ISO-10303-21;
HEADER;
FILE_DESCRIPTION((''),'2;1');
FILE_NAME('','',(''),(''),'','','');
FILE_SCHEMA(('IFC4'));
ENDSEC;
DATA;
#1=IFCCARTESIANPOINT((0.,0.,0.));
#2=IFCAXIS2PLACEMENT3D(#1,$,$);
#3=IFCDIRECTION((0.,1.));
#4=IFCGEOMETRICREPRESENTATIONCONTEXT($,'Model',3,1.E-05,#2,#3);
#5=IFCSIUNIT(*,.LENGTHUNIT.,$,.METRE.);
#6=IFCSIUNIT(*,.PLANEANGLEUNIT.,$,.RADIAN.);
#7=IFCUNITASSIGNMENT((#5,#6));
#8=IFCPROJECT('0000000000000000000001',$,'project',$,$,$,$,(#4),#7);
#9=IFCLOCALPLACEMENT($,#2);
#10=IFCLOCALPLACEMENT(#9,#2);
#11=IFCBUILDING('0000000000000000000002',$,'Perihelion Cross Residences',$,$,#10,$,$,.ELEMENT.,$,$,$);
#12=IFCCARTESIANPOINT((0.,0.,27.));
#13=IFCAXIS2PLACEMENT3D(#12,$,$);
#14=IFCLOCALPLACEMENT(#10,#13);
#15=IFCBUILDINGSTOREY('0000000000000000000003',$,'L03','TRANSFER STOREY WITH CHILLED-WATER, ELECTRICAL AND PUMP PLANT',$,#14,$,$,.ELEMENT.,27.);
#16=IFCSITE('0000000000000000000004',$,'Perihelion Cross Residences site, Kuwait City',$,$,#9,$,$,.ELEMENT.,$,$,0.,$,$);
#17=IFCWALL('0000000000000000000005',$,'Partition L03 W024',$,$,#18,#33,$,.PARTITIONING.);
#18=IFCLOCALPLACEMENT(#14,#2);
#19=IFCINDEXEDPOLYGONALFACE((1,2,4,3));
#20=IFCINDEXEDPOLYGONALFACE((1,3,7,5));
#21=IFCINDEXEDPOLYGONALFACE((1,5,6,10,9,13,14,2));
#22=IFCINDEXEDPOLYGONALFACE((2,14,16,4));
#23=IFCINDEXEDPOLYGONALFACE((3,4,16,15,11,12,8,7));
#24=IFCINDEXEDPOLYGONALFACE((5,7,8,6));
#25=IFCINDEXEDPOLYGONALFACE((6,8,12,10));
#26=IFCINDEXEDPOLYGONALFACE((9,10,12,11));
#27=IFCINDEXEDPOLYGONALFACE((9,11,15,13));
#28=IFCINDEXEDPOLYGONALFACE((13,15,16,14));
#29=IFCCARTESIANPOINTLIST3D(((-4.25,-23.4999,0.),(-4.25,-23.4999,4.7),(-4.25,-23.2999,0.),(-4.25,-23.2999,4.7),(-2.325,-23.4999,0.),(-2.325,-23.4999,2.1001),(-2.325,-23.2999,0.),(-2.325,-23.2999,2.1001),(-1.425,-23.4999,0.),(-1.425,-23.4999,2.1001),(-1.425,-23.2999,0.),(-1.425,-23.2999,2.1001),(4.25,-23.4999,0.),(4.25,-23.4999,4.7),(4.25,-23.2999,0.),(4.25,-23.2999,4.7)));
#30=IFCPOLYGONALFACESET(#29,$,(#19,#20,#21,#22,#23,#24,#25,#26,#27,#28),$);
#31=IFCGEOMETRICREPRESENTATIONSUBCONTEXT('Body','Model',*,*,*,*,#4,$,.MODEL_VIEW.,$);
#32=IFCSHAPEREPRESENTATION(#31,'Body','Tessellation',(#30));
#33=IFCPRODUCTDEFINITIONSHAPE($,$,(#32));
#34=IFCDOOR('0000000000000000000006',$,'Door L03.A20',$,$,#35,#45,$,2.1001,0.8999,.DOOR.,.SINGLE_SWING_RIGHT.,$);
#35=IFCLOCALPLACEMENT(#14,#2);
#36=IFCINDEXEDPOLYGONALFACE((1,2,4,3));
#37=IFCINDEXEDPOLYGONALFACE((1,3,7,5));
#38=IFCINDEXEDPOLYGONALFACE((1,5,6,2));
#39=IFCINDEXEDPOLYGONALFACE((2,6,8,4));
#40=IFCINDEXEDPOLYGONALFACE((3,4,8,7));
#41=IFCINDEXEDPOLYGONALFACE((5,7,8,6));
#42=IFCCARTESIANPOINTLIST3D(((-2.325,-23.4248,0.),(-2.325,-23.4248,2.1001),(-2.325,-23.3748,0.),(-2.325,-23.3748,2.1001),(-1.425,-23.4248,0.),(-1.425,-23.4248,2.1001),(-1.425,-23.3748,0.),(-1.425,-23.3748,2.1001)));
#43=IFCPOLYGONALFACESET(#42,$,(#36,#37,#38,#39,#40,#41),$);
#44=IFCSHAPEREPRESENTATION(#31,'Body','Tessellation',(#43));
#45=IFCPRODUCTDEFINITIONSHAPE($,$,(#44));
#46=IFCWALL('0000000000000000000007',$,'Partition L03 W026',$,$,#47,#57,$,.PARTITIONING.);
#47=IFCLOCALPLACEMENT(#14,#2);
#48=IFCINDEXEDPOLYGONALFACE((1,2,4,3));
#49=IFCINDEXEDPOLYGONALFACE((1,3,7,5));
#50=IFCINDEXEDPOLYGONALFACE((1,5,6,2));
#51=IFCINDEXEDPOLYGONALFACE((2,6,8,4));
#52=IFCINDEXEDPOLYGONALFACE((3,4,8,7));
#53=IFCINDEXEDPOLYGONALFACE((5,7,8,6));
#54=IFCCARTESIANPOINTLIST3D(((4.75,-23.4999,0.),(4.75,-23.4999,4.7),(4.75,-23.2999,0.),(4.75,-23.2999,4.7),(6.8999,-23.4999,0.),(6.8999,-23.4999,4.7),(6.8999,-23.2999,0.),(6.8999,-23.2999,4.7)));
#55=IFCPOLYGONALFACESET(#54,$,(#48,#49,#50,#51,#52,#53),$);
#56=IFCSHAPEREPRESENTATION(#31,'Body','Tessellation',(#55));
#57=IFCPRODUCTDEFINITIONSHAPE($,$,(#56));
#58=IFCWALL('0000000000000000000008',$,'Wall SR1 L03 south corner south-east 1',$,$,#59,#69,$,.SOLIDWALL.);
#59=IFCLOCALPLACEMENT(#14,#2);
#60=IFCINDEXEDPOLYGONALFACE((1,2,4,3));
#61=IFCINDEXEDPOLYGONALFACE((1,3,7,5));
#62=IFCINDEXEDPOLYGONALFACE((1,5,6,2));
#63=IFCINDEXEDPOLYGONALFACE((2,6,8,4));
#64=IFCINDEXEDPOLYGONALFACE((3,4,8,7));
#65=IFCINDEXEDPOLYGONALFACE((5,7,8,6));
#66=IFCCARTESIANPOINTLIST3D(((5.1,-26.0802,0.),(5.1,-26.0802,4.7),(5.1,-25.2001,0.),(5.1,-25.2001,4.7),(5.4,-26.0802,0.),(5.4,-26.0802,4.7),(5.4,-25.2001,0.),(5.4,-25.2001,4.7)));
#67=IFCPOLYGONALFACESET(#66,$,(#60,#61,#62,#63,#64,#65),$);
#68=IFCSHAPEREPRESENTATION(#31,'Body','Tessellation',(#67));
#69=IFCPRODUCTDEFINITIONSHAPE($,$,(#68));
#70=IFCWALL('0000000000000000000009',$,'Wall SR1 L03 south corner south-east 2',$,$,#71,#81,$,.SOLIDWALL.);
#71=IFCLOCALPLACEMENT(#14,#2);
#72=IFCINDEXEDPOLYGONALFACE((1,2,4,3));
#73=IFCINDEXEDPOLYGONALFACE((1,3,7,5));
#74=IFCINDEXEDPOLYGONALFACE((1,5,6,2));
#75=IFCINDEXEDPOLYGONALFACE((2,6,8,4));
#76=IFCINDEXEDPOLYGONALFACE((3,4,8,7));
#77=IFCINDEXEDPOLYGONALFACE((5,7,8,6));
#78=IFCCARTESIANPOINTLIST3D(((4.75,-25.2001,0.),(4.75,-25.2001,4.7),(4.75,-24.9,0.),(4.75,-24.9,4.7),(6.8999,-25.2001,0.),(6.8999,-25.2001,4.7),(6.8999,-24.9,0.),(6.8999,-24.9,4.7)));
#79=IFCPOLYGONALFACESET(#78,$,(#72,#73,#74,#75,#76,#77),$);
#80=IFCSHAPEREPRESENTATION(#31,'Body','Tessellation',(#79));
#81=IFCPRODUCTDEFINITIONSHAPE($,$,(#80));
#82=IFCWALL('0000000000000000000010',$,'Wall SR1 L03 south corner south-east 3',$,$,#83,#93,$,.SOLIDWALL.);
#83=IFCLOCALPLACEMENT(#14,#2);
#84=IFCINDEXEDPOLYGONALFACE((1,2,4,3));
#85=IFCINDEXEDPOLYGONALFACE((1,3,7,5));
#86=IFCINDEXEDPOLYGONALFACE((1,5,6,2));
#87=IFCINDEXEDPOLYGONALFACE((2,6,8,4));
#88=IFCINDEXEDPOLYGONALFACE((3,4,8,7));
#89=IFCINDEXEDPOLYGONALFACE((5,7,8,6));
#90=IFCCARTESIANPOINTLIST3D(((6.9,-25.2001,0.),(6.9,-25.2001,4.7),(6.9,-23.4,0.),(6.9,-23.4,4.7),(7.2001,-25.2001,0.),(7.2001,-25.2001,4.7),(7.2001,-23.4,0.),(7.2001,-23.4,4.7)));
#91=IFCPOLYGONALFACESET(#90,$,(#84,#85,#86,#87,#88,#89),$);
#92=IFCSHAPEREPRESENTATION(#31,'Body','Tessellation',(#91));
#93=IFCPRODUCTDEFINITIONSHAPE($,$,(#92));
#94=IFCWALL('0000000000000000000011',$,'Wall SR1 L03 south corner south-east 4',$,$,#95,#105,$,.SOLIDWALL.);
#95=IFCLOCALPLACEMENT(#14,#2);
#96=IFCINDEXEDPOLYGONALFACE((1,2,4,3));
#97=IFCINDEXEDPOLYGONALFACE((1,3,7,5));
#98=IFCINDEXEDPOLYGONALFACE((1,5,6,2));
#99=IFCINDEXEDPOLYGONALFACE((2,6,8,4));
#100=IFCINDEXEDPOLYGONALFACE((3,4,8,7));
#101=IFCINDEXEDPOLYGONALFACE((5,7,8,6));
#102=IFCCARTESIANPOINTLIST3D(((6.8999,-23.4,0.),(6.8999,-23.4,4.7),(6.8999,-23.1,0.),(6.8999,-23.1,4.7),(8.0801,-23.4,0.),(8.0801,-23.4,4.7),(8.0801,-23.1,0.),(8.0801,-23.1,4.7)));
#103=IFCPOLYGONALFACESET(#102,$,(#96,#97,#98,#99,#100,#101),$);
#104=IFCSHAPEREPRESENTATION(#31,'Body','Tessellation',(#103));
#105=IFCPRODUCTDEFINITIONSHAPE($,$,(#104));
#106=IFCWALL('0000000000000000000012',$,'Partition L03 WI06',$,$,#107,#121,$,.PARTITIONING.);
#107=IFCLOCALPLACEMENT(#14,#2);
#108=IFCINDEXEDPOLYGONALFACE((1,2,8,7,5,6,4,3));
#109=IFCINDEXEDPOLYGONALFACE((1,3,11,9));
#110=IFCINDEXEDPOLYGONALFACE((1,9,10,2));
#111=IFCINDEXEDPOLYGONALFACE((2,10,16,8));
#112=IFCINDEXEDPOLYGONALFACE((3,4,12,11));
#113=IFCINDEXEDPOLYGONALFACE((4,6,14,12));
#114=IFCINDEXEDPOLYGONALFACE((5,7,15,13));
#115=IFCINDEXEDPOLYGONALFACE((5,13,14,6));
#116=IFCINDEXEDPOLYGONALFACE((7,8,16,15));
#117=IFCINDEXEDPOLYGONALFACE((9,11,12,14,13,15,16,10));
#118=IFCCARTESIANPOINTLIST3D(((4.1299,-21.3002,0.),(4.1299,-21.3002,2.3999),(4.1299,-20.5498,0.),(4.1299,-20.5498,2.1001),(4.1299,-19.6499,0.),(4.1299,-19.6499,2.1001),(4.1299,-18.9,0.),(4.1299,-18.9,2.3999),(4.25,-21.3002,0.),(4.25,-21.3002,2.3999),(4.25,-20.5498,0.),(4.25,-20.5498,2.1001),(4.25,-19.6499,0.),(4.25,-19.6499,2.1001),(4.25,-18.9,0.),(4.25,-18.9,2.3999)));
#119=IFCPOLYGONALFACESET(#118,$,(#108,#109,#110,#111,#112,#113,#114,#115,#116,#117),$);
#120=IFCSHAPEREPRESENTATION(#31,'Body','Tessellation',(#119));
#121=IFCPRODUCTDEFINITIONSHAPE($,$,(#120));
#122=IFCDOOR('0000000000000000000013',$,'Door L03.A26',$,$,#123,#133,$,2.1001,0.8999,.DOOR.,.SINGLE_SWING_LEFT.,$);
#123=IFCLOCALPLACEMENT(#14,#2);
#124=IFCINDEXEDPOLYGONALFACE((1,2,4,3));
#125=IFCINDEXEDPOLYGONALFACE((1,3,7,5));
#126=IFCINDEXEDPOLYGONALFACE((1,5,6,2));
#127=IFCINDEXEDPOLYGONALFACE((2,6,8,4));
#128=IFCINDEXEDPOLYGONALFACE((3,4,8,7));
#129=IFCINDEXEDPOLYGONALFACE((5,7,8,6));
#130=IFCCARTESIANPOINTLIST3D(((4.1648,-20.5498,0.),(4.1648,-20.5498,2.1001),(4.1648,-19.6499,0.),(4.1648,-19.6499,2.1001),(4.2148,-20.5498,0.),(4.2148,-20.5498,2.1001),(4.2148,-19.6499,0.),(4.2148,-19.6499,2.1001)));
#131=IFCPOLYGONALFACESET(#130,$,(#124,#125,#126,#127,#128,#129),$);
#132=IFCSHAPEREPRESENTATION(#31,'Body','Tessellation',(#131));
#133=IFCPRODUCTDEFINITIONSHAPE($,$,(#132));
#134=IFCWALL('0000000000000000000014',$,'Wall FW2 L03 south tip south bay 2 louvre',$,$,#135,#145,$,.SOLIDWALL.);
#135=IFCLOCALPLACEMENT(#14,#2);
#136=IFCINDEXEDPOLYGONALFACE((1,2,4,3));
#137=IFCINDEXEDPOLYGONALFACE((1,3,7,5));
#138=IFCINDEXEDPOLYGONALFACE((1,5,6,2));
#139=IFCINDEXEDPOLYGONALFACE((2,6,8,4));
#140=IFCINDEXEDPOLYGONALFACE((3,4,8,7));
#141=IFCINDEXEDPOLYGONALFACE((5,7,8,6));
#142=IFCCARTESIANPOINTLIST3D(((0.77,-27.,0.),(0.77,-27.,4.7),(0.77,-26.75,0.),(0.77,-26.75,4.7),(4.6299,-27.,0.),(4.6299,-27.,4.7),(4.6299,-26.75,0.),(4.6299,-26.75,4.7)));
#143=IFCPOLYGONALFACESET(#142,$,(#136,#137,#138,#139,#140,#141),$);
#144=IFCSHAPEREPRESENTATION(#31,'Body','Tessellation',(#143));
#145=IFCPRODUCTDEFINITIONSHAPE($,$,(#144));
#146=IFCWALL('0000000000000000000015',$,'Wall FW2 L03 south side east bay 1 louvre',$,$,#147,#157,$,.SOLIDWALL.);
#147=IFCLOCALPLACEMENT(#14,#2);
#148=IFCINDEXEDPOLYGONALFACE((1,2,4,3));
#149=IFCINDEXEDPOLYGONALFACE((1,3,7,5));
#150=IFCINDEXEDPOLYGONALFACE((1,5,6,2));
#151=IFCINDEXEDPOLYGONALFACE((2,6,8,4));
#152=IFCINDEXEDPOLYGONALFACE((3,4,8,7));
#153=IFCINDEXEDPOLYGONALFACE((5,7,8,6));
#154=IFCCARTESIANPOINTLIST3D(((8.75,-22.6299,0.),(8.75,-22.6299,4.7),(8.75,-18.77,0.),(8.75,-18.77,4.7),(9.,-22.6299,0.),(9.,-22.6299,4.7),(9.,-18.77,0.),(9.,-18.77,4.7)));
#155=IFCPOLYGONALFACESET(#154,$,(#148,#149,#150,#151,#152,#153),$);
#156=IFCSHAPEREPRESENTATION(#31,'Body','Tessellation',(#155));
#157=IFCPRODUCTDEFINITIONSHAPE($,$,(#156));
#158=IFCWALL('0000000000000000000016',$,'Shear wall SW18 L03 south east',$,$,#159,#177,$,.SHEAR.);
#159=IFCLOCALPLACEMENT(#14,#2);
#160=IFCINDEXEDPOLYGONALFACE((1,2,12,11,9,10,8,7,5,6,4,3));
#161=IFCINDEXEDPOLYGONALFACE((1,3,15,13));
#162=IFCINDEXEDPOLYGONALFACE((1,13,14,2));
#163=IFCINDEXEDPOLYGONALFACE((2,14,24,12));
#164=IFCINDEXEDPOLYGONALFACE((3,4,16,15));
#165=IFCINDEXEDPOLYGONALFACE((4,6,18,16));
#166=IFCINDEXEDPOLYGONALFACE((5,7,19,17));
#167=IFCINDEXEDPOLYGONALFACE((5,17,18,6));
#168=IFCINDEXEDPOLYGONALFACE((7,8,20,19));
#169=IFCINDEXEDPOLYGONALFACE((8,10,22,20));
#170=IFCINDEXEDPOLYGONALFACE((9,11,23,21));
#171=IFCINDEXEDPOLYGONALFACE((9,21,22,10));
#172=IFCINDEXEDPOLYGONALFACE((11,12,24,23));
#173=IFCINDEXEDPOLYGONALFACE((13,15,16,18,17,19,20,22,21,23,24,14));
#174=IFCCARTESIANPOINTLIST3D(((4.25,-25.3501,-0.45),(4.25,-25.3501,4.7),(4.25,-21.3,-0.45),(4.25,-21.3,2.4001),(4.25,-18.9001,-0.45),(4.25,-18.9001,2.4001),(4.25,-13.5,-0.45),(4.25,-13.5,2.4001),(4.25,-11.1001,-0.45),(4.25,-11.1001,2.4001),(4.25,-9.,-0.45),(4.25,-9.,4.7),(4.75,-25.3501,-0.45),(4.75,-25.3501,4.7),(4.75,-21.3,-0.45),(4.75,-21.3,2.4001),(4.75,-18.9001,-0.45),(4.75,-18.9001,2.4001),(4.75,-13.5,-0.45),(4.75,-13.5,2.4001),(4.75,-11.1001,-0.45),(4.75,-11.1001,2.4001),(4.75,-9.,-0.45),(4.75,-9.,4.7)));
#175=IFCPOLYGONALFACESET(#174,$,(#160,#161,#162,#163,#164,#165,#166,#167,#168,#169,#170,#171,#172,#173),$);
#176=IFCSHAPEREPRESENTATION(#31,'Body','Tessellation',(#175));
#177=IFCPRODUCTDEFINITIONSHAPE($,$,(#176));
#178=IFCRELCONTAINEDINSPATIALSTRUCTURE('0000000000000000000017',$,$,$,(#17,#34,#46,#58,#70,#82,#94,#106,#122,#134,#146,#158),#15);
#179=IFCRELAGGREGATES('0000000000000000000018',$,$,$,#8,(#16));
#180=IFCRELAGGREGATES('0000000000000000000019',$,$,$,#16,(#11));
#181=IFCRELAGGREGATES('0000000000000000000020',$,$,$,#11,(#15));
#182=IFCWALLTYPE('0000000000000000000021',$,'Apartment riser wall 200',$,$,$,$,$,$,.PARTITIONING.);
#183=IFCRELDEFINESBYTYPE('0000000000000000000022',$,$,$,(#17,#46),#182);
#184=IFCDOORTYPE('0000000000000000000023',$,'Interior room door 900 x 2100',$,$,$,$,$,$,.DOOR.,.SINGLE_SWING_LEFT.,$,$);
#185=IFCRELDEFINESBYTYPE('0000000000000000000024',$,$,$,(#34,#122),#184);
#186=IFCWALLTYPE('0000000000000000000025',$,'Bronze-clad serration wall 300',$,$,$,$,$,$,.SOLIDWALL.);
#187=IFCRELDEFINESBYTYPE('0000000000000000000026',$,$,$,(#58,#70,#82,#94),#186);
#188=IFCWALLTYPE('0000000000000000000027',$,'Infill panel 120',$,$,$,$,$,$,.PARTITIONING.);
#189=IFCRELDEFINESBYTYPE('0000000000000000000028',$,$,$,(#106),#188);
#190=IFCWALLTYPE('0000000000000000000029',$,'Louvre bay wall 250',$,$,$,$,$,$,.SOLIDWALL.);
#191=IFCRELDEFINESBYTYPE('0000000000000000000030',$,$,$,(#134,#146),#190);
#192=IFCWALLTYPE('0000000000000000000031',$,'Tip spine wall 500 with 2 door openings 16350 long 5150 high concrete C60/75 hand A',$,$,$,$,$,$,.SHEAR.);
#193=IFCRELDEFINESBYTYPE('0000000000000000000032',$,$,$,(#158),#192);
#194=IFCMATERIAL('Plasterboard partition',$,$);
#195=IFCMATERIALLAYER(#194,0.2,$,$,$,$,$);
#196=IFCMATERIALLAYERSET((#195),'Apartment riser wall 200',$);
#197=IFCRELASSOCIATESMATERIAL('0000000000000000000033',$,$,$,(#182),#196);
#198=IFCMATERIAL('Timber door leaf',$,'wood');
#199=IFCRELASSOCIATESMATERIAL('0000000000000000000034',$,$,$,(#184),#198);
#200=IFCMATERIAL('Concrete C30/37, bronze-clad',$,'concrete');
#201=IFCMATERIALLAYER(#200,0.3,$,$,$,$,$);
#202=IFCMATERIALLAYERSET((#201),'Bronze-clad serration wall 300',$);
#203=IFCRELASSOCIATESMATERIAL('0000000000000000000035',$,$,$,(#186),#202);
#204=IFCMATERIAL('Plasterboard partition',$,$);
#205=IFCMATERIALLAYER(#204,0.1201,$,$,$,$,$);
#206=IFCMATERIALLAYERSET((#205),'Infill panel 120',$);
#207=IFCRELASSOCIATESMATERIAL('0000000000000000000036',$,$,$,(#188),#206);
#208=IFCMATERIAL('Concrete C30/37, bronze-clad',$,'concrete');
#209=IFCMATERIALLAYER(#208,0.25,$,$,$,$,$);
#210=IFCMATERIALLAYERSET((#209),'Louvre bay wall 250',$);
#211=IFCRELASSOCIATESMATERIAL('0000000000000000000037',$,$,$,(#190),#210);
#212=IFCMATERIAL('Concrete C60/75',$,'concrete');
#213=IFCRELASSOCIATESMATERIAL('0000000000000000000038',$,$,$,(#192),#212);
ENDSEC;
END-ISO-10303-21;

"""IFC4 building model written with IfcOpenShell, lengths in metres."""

from ifc_helpers import new_model, si_unit, direction, frame, frame_2d, origin, place, context, subcontext, project, spatial, polyline, rectangle, outline, extrude, material, layer, layer_set, material_profile, profile_set, type_object, element, fill, save


model = new_model("IFC4")

# Units and contexts
model_context = context("Model", 3, precision=1e-05, world=origin(), true_north=direction((0.0, 1.0)))
body_context = subcontext(model_context, "Body", "Model", "MODEL_VIEW")
ifc_project = project(units=[si_unit("LENGTHUNIT", "METRE"), si_unit("PLANEANGLEUNIT", "RADIAN")], contexts=[model_context])

# Site, building, storey
site_placement = place(None, origin())
site = spatial("IfcSite", under=ifc_project, at=site_placement, Name="Perihelion Cross Residences site, Kuwait City", CompositionType="ELEMENT", RefElevation=0.0)
building_placement = place(site_placement, origin())
building = spatial("IfcBuilding", under=site, at=building_placement, Name="Perihelion Cross Residences", CompositionType="ELEMENT")
storey_placement = place(building_placement, frame((0.0, 0.0, 27.0)))
storey = spatial("IfcBuildingStorey", under=building, at=storey_placement, Name="L03", Description="TRANSFER STOREY WITH CHILLED-WATER, ELECTRICAL AND PUMP PLANT", CompositionType="ELEMENT", Elevation=27.0)

# Wall, opening, door
ifc_material_1 = material(Name="Plasterboard partition")
ifc_layer_1 = layer(ifc_material_1, 0.2)
ifc_layer_set_1 = layer_set([ifc_layer_1], Name="Apartment riser wall 200")
wall_type_1 = type_object("IfcWallType", Name="Apartment riser wall 200", PredefinedType="PARTITIONING", material=ifc_layer_set_1)
ifc_material_2 = material(Name="Timber door leaf", Category="wood")
door_type = type_object("IfcDoorType", Name="Interior room door 900 x 2100", OperationType="SINGLE_SWING_LEFT", PredefinedType="DOOR", material=ifc_material_2)
wall_1_placement = place(storey_placement, frame((4.25, -23.3999, 0.0), z_axis=(0.0, 0.0, 1.0), x_axis=(-1.0, 0.0, 0.0)))
wall_1 = element("IfcWall", 1, at=wall_1_placement, inside=storey, type_object=wall_type_1, Name="Partition L03 W024", PredefinedType="PARTITIONING", context=body_context, shape_type="SweptSolid", body=[
    extrude(rectangle(XDim=8.5, YDim=0.2, at=frame_2d((4.25, 0.0))), origin(), (0.0, 0.0, 1.0), 4.7),
])
opening_1_placement = place(wall_1_placement, frame((5.675, 0.0, 0.0)))
opening_1 = element("IfcOpeningElement", 2, at=opening_1_placement, cuts=wall_1, PredefinedType="OPENING", context=body_context, shape_type="SweptSolid", body=[
    extrude(rectangle(XDim=0.8999, YDim=2.1001, at=frame_2d((0.45, 1.05))), frame((0.0, 0.1099, 0.0), z_axis=(0.0, -1.0, 0.0), x_axis=(1.0, 0.0, 0.0)), (0.0, 0.0, 1.0), 0.22),
])
door_1_placement = place(opening_1_placement, origin())
door_1 = element("IfcDoor", 3, at=door_1_placement, inside=storey, type_object=door_type, Name="Door L03.A20", OperationType="SINGLE_SWING_RIGHT", OverallHeight=2.1001, OverallWidth=0.8999, PredefinedType="DOOR", context=body_context, shape_type="SweptSolid", body=[
    extrude(rectangle(XDim=0.8999, YDim=2.1001, at=frame_2d((0.45, 1.05))), frame((0.0, 0.0249, 0.0), z_axis=(0.0, -1.0, 0.0), x_axis=(1.0, 0.0, 0.0)), (0.0, 0.0, 1.0), 0.05),
])
fill(opening_1, door_1)

# Walls
wall_2_placement = place(storey_placement, frame((6.8999, -23.3999, 0.0), z_axis=(0.0, 0.0, 1.0), x_axis=(-1.0, 0.0, 0.0)))
element("IfcWall", 4, at=wall_2_placement, inside=storey, type_object=wall_type_1, Name="Partition L03 W026", PredefinedType="PARTITIONING", context=body_context, shape_type="SweptSolid", body=[
    extrude(rectangle(XDim=2.1499, YDim=0.2, at=frame_2d((1.075, 0.0))), origin(), (0.0, 0.0, 1.0), 4.7),
])
ifc_material_3 = material(Name="Concrete C30/37, bronze-clad", Category="concrete")
ifc_layer_2 = layer(ifc_material_3, 0.3)
ifc_layer_set_2 = layer_set([ifc_layer_2], Name="Bronze-clad serration wall 300")
wall_type_2 = type_object("IfcWallType", Name="Bronze-clad serration wall 300", PredefinedType="SOLIDWALL", material=ifc_layer_set_2)
wall_3_placement = place(storey_placement, frame((5.25, -26.0801, 0.0), z_axis=(0.0, 0.0, 1.0), x_axis=(0.0, 1.0, 0.0)))
element("IfcWall", 5, at=wall_3_placement, inside=storey, type_object=wall_type_2, Name="Wall SR1 L03 south corner south-east 1", PredefinedType="SOLIDWALL", context=body_context, shape_type="SweptSolid", body=[
    extrude(rectangle(XDim=0.8801, YDim=0.3, at=frame_2d((0.4399, 0.0))), origin(), (0.0, 0.0, 1.0), 4.7),
])
wall_4_placement = place(storey_placement, frame((4.75, -25.05, 0.0), z_axis=(0.0, 0.0, 1.0), x_axis=(1.0, 0.0, 0.0)))
element("IfcWall", 6, at=wall_4_placement, inside=storey, type_object=wall_type_2, Name="Wall SR1 L03 south corner south-east 2", PredefinedType="SOLIDWALL", context=body_context, shape_type="SweptSolid", body=[
    extrude(rectangle(XDim=2.1499, YDim=0.3, at=frame_2d((1.075, 0.0))), origin(), (0.0, 0.0, 1.0), 4.7),
])
wall_5_placement = place(storey_placement, frame((7.05, -25.2, 0.0), z_axis=(0.0, 0.0, 1.0), x_axis=(0.0, 1.0, 0.0)))
element("IfcWall", 7, at=wall_5_placement, inside=storey, type_object=wall_type_2, Name="Wall SR1 L03 south corner south-east 3", PredefinedType="SOLIDWALL", context=body_context, shape_type="SweptSolid", body=[
    extrude(rectangle(XDim=1.8, YDim=0.3, at=frame_2d((0.8999, 0.0))), origin(), (0.0, 0.0, 1.0), 4.7),
])
wall_6_placement = place(storey_placement, frame((6.8999, -23.25, 0.0), z_axis=(0.0, 0.0, 1.0), x_axis=(1.0, 0.0, 0.0)))
element("IfcWall", 8, at=wall_6_placement, inside=storey, type_object=wall_type_2, Name="Wall SR1 L03 south corner south-east 4", PredefinedType="SOLIDWALL", context=body_context, shape_type="SweptSolid", body=[
    extrude(rectangle(XDim=1.1802, YDim=0.3, at=frame_2d((0.5901, 0.0))), origin(), (0.0, 0.0, 1.0), 4.7),
])

# Wall, opening, door
ifc_material_4 = material(Name="Plasterboard partition")
ifc_layer_3 = layer(ifc_material_4, 0.1201)
ifc_layer_set_3 = layer_set([ifc_layer_3], Name="Infill panel 120")
wall_type_3 = type_object("IfcWallType", Name="Infill panel 120", PredefinedType="PARTITIONING", material=ifc_layer_set_3)
wall_7_placement = place(storey_placement, frame((4.1899, -18.8999, 0.0), z_axis=(0.0, 0.0, 1.0), x_axis=(0.0, -1.0, 0.0)))
wall_7 = element("IfcWall", 9, at=wall_7_placement, inside=storey, type_object=wall_type_3, Name="Partition L03 WI06", PredefinedType="PARTITIONING", context=body_context, shape_type="SweptSolid", body=[
    extrude(rectangle(XDim=2.4001, YDim=0.1201, at=frame_2d((1.2002, 0.0))), origin(), (0.0, 0.0, 1.0), 2.3999),
])
opening_2_placement = place(wall_7_placement, frame((0.75, 0.0, 0.0)))
opening_2 = element("IfcOpeningElement", 10, at=opening_2_placement, cuts=wall_7, PredefinedType="OPENING", context=body_context, shape_type="SweptSolid", body=[
    extrude(rectangle(XDim=0.8999, YDim=2.1001, at=frame_2d((0.45, 1.05))), frame((0.0, 0.0701, 0.0), z_axis=(0.0, -1.0, 0.0), x_axis=(1.0, 0.0, 0.0)), (0.0, 0.0, 1.0), 0.1401),
])
door_2_placement = place(opening_2_placement, origin())
door_2 = element("IfcDoor", 11, at=door_2_placement, inside=storey, type_object=door_type, Name="Door L03.A26", OperationType="SINGLE_SWING_LEFT", OverallHeight=2.1001, OverallWidth=0.8999, PredefinedType="DOOR", context=body_context, shape_type="SweptSolid", body=[
    extrude(rectangle(XDim=0.8999, YDim=2.1001, at=frame_2d((0.45, 1.05))), frame((0.0, 0.0249, 0.0), z_axis=(0.0, -1.0, 0.0), x_axis=(1.0, 0.0, 0.0)), (0.0, 0.0, 1.0), 0.05),
])
fill(opening_2, door_2)

# Walls
ifc_material_5 = material(Name="Concrete C30/37, bronze-clad", Category="concrete")
ifc_layer_4 = layer(ifc_material_5, 0.25)
ifc_layer_set_4 = layer_set([ifc_layer_4], Name="Louvre bay wall 250")
wall_type_4 = type_object("IfcWallType", Name="Louvre bay wall 250", PredefinedType="SOLIDWALL", material=ifc_layer_set_4)
for number, where, z_axis, x_axis, name in (
    (12, (0.77, -26.875, 0.0), (0.0, 0.0, 1.0), (1.0, 0.0, 0.0), "Wall FW2 L03 south tip south bay 2 louvre"),
    (13, (8.875, -22.6299, 0.0), (0.0, 0.0, 1.0), (0.0, 1.0, 0.0), "Wall FW2 L03 south side east bay 1 louvre"),
):
    element("IfcWall", number, at=place(storey_placement, frame(where, z_axis=z_axis, x_axis=x_axis)), inside=storey, type_object=wall_type_4, Name=name, PredefinedType="SOLIDWALL", context=body_context, shape_type="SweptSolid", body=[
        extrude(rectangle(XDim=3.8599, YDim=0.25, at=frame_2d((1.9299, 0.0))), origin(), (0.0, 0.0, 1.0), 4.7),
    ])
ifc_material_6 = material(Name="Concrete C60/75", Category="concrete")
ifc_material_profile_1 = material_profile(ifc_material_6, outline(polyline([(0.0, 0.0), (4.05, 0.0), (4.05, 2.8501), (6.45, 2.8501), (6.45, 0.0), (11.8501, 0.0), (11.8501, 2.8501), (14.25, 2.8501), (14.25, 0.0), (16.3501, 0.0), (16.3501, 5.1499), (0.0, 5.1499), (0.0, 0.0)])), Name="Tip spine wall")
ifc_profile_set_1 = profile_set([ifc_material_profile_1], Name="Concrete C60/75")
wall_type_5 = type_object("IfcWallType", Name="Tip spine wall 500 with 2 door openings 16350 long 5150 high concrete C60/75 hand A", PredefinedType="SHEAR", material=ifc_profile_set_1)
wall_8_placement = place(storey_placement, frame((4.25, -25.3501, -0.45), z_axis=(1.0, 0.0, 0.0), x_axis=(0.0, 1.0, 0.0)))
element("IfcWall", 14, at=wall_8_placement, inside=storey, type_object=wall_type_5, Name="Shear wall SW18 L03 south east", PredefinedType="SHEAR", context=body_context, shape_type="SweptSolid", body=[
    extrude(outline(polyline([(0.0, 0.0), (4.05, 0.0), (4.05, 2.8501), (6.45, 2.8501), (6.45, 0.0), (11.8501, 0.0), (11.8501, 2.8501), (14.25, 2.8501), (14.25, 0.0), (16.3501, 0.0), (16.3501, 5.1499), (0.0, 5.1499), (0.0, 0.0)])), origin(), (0.0, 0.0, 1.0), 0.5),
])

save(model, "model.ifc")
